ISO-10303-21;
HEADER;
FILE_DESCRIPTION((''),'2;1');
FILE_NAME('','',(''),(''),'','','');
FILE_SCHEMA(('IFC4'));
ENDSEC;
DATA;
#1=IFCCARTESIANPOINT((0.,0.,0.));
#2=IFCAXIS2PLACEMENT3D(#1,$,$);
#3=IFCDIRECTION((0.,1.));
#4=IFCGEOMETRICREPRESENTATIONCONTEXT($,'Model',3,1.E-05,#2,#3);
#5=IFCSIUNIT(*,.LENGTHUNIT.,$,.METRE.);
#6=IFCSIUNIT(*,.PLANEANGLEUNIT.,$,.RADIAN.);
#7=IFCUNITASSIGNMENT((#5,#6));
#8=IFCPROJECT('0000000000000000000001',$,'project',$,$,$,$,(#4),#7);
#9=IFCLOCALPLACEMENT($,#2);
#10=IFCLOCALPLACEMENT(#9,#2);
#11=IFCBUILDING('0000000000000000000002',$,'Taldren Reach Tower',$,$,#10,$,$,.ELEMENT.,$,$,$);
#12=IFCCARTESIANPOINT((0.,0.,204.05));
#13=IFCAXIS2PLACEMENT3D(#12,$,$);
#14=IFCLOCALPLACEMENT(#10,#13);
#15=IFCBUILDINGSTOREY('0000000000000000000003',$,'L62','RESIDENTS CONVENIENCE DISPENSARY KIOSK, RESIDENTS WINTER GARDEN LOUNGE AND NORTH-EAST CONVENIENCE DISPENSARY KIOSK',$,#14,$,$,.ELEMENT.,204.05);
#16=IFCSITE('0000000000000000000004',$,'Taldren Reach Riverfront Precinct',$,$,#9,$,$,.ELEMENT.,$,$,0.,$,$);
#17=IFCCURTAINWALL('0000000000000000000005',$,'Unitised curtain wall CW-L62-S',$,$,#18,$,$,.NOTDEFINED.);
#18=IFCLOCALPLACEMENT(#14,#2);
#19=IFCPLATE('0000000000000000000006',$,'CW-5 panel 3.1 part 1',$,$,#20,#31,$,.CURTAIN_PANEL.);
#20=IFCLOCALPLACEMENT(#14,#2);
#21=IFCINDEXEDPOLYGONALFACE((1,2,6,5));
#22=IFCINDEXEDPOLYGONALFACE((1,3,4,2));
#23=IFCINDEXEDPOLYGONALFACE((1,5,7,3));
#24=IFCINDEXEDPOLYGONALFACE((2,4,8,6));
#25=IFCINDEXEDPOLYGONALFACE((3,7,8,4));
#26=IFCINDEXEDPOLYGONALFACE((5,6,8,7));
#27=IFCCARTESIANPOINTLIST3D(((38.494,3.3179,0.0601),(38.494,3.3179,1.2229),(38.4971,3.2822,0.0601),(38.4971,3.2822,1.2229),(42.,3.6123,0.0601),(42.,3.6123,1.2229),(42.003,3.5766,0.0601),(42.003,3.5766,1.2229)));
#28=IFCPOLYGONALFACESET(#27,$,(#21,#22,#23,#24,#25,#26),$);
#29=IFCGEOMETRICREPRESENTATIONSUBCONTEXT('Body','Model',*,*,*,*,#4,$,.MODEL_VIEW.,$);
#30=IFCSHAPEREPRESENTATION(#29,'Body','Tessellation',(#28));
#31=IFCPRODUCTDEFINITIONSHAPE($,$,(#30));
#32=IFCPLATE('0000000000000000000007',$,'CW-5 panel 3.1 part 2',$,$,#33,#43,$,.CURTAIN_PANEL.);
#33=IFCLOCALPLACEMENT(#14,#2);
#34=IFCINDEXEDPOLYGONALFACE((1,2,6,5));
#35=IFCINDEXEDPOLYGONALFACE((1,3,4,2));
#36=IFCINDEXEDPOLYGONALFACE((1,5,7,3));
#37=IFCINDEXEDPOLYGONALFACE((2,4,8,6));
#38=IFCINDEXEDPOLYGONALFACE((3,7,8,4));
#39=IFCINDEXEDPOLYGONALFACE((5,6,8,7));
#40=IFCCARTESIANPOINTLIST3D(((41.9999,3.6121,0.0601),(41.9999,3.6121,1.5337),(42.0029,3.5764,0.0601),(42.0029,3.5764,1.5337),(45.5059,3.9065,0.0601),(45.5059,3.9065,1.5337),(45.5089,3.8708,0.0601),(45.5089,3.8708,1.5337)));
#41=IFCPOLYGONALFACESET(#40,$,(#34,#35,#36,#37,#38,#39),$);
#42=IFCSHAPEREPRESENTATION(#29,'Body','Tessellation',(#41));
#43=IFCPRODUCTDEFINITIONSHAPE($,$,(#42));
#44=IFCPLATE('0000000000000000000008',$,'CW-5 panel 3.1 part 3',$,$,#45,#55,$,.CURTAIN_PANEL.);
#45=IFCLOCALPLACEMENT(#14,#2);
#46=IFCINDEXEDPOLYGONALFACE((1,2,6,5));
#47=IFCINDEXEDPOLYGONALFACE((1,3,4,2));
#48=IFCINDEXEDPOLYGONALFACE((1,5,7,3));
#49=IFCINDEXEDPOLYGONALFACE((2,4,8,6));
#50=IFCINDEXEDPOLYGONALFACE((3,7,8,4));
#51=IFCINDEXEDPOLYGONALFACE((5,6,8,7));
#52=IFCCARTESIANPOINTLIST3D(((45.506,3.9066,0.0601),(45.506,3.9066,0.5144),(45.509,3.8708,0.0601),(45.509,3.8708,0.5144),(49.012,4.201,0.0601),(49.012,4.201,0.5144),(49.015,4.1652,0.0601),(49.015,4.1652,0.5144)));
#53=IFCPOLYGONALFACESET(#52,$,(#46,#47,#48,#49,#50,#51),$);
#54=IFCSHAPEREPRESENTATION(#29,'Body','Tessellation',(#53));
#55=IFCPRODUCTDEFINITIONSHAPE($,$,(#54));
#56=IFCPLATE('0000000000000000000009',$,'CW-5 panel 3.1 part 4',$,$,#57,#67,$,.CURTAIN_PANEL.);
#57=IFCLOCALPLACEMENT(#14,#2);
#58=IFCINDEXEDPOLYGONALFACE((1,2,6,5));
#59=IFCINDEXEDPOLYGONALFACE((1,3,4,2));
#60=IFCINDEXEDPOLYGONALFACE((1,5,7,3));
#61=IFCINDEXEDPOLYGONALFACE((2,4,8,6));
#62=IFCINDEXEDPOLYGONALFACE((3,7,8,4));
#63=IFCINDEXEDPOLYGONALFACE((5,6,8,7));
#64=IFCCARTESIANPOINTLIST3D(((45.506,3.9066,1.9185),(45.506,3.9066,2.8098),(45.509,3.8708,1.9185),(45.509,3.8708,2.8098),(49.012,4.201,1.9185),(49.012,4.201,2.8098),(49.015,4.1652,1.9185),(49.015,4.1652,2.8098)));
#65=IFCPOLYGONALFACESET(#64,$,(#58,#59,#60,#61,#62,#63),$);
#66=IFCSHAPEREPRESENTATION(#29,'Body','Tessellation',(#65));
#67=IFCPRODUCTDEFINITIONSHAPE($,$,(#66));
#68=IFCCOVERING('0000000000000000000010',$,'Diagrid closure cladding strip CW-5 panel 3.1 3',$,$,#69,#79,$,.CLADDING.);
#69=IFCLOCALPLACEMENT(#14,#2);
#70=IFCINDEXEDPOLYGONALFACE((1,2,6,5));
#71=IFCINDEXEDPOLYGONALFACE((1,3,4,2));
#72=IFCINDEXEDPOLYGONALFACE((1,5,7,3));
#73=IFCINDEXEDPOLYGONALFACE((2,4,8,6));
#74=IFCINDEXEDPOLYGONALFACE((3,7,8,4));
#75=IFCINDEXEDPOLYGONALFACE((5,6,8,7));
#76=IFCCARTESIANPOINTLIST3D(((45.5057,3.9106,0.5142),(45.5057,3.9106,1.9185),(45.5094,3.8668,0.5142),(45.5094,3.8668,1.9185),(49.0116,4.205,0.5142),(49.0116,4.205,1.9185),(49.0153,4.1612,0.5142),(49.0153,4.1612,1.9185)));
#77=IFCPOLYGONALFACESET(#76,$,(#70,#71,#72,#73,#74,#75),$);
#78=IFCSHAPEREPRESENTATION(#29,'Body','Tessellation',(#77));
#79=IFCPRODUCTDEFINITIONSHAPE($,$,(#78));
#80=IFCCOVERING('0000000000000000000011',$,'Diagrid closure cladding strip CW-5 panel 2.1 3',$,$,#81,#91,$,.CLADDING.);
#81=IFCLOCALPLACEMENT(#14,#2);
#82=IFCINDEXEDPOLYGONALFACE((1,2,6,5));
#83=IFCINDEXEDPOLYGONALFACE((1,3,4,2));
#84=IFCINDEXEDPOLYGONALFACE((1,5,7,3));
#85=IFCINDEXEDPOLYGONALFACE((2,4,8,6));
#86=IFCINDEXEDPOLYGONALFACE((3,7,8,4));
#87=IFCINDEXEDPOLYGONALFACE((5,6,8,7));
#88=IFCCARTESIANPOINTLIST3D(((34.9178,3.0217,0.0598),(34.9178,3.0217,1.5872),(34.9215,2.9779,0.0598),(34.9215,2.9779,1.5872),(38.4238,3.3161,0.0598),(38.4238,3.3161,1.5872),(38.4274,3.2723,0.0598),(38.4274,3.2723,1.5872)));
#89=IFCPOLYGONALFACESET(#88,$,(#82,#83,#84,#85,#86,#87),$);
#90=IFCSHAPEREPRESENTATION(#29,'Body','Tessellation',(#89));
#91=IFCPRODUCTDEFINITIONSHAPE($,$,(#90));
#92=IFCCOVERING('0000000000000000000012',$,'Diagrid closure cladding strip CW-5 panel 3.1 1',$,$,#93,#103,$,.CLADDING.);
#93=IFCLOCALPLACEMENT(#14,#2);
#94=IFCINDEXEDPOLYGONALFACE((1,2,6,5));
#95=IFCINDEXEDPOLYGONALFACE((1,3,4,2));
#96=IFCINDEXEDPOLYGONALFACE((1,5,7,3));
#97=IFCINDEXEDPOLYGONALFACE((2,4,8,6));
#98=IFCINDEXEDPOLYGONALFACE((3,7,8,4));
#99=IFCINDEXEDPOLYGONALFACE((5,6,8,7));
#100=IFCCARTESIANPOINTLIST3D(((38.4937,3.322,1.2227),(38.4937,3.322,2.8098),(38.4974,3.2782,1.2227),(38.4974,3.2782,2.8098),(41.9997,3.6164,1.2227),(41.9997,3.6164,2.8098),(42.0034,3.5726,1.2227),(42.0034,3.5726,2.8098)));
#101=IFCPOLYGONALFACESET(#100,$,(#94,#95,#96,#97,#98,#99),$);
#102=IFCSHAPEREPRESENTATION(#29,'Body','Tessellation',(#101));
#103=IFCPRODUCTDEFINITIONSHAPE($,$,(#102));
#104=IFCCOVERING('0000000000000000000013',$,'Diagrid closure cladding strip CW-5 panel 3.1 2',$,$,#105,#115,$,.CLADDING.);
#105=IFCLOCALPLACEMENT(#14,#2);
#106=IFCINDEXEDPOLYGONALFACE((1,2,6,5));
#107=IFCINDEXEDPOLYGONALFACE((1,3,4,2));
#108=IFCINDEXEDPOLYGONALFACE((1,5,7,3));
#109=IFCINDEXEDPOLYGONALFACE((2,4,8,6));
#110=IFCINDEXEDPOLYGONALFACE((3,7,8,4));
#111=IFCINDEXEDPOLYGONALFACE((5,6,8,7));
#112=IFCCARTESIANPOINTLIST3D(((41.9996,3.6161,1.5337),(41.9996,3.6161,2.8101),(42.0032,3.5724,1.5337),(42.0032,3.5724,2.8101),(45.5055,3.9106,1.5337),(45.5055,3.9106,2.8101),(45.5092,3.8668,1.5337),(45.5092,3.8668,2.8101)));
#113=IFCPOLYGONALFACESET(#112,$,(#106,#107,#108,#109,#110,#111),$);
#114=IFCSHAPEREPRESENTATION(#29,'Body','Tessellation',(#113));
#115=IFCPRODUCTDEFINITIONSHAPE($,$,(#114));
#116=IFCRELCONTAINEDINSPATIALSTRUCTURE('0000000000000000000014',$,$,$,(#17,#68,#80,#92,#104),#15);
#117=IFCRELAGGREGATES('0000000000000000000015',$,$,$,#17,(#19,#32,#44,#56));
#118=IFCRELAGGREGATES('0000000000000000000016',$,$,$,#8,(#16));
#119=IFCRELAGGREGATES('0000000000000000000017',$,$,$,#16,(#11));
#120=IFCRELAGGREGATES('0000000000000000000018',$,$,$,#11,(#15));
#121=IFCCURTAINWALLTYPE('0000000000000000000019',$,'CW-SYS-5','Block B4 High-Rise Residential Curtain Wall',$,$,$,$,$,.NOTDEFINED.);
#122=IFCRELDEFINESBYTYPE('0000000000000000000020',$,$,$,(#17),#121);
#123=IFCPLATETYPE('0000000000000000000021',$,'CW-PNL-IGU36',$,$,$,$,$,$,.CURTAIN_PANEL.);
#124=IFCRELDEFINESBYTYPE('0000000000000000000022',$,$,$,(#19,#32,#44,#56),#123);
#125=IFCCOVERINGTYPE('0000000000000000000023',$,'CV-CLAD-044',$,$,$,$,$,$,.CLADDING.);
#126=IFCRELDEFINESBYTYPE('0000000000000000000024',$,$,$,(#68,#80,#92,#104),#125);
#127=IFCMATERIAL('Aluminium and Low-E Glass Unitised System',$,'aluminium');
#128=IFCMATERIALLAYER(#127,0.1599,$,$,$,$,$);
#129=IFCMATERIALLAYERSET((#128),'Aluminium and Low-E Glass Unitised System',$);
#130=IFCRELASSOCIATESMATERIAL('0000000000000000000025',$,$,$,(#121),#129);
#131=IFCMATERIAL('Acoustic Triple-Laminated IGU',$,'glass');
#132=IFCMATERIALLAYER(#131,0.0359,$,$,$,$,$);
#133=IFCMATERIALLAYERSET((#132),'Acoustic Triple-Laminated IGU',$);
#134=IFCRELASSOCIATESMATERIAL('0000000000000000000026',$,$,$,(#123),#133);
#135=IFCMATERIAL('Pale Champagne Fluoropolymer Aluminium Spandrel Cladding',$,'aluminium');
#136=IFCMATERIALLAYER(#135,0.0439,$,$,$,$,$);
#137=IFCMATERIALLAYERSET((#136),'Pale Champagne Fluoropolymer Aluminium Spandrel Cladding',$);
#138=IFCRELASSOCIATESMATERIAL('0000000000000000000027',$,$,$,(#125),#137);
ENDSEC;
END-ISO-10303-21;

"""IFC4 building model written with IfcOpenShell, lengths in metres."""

from ifc_helpers import new_model, si_unit, direction, frame, origin, origin_2d, place, context, subcontext, project, spatial, rectangle, extrude, source, transform, mapped, material, layer, layer_set, type_object, element, aggregate, save


model = new_model("IFC4")

# Units and contexts
model_context = context("Model", 3, precision=1e-05, world=origin(), true_north=direction((0.0, 1.0)))
body_context = subcontext(model_context, "Body", "Model", "MODEL_VIEW")
ifc_project = project(units=[si_unit("LENGTHUNIT", "METRE"), si_unit("PLANEANGLEUNIT", "RADIAN")], contexts=[model_context])

# Site, building, storey
site_placement = place(None, origin())
site = spatial("IfcSite", under=ifc_project, at=site_placement, Name="Taldren Reach Riverfront Precinct", CompositionType="ELEMENT", RefElevation=0.0)
building_placement = place(site_placement, origin())
building = spatial("IfcBuilding", under=site, at=building_placement, Name="Taldren Reach Tower", CompositionType="ELEMENT")
storey_placement = place(building_placement, frame((0.0, 0.0, 204.05)))
storey = spatial("IfcBuildingStorey", under=building, at=storey_placement, Name="L62", Description="RESIDENTS CONVENIENCE DISPENSARY KIOSK, RESIDENTS WINTER GARDEN LOUNGE AND NORTH-EAST CONVENIENCE DISPENSARY KIOSK", CompositionType="ELEMENT", Elevation=204.05)

# Curtain wall
ifc_material_1 = material(Name="Aluminium and Low-E Glass Unitised System", Category="aluminium")
ifc_layer_1 = layer(ifc_material_1, 0.1599)
ifc_layer_set_1 = layer_set([ifc_layer_1], Name="Aluminium and Low-E Glass Unitised System")
curtain_wall_type = type_object("IfcCurtainWallType", Name="CW-SYS-5", Description="Block B4 High-Rise Residential Curtain Wall", PredefinedType="NOTDEFINED", material=ifc_layer_set_1)
curtain_wall_placement = place(storey_placement, origin())
curtain_wall = element("IfcCurtainWall", 1, at=curtain_wall_placement, inside=storey, type_object=curtain_wall_type, Name="Unitised curtain wall CW-L62-S", PredefinedType="NOTDEFINED")

# Plates
ifc_material_2 = material(Name="Acoustic Triple-Laminated IGU", Category="glass")
ifc_layer_2 = layer(ifc_material_2, 0.0359)
ifc_layer_set_2 = layer_set([ifc_layer_2], Name="Acoustic Triple-Laminated IGU")
plate_type_1 = type_object("IfcPlateType", Name="CW-PNL-IGU36", PredefinedType="CURTAIN_PANEL", material=ifc_layer_set_2)
shared_shape_1 = source(origin(), body_context, "Body", "SweptSolid", [
    extrude(rectangle(XDim=3.5183, YDim=0.0359, at=origin_2d()), origin(), (0.0, 0.0, 1.0), 1.1628),
])
plate_1_placement = place(storey_placement, frame((40.2485, 3.4473, 0.0601), z_axis=(0.0, 0.0, 1.0), x_axis=(0.996493, 0.083678, 0.0)))
plate_1 = element("IfcPlate", 2, at=plate_1_placement, type_object=plate_type_1, Name="CW-5 panel 3.1 part 1", PredefinedType="CURTAIN_PANEL", context=body_context, shape_type="MappedRepresentation", body=[
    mapped(shared_shape_1, transform((0.0, 0.0, 0.0), scale=1.0)),
])
shared_shape_2 = source(origin(), body_context, "Body", "SweptSolid", [
    extrude(rectangle(XDim=3.5183, YDim=0.0359, at=origin_2d()), origin(), (0.0, 0.0, 1.0), 1.4736),
])
plate_2_placement = place(storey_placement, frame((43.7544, 3.7415, 0.0601), z_axis=(0.0, 0.0, 1.0), x_axis=(0.996493, 0.083678, 0.0)))
plate_2 = element("IfcPlate", 3, at=plate_2_placement, type_object=plate_type_1, Name="CW-5 panel 3.1 part 2", PredefinedType="CURTAIN_PANEL", context=body_context, shape_type="MappedRepresentation", body=[
    mapped(shared_shape_2, transform((0.0, 0.0, 0.0), scale=1.0)),
])
shared_shape_3 = source(origin(), body_context, "Body", "SweptSolid", [
    extrude(rectangle(XDim=3.5183, YDim=0.0359, at=origin_2d()), origin(), (0.0, 0.0, 1.0), 0.4543),
])
plate_3_placement = place(storey_placement, frame((47.2605, 4.0359, 0.0601), z_axis=(0.0, 0.0, 1.0), x_axis=(0.996493, 0.083678, 0.0)))
plate_3 = element("IfcPlate", 4, at=plate_3_placement, type_object=plate_type_1, Name="CW-5 panel 3.1 part 3", PredefinedType="CURTAIN_PANEL", context=body_context, shape_type="MappedRepresentation", body=[
    mapped(shared_shape_3, transform((0.0, 0.0, 0.0), scale=1.0)),
])
shared_shape_4 = source(origin(), body_context, "Body", "SweptSolid", [
    extrude(rectangle(XDim=3.5183, YDim=0.0359, at=origin_2d()), origin(), (0.0, 0.0, 1.0), 0.8914),
])
plate_4_placement = place(storey_placement, frame((47.2605, 4.0359, 1.9185), z_axis=(0.0, 0.0, 1.0), x_axis=(0.996493, 0.083678, 0.0)))
plate_4 = element("IfcPlate", 5, at=plate_4_placement, type_object=plate_type_1, Name="CW-5 panel 3.1 part 4", PredefinedType="CURTAIN_PANEL", context=body_context, shape_type="MappedRepresentation", body=[
    mapped(shared_shape_4, transform((0.0, 0.0, 0.0), scale=1.0)),
])
aggregate(curtain_wall, [plate_1, plate_2, plate_3, plate_4])

# Coverings
ifc_material_3 = material(Name="Pale Champagne Fluoropolymer Aluminium Spandrel Cladding", Category="aluminium")
ifc_layer_3 = layer(ifc_material_3, 0.0439)
ifc_layer_set_3 = layer_set([ifc_layer_3], Name="Pale Champagne Fluoropolymer Aluminium Spandrel Cladding")
covering_type = type_object("IfcCoveringType", Name="CV-CLAD-044", PredefinedType="CLADDING", material=ifc_layer_set_3)
shared_shape_5 = source(origin(), body_context, "Body", "SweptSolid", [
    extrude(rectangle(XDim=3.5183, YDim=0.0439, at=origin_2d()), origin(), (0.0, 0.0, 1.0), 1.4043),
])
covering_1_placement = place(storey_placement, frame((47.2605, 4.0359, 0.5142), z_axis=(0.0, 0.0, 1.0), x_axis=(0.996493, 0.083678, 0.0)))
element("IfcCovering", 6, at=covering_1_placement, inside=storey, type_object=covering_type, Name="Diagrid closure cladding strip CW-5 panel 3.1 3", PredefinedType="CLADDING", context=body_context, shape_type="MappedRepresentation", body=[
    mapped(shared_shape_5, transform((0.0, 0.0, 0.0), scale=1.0)),
])
shared_shape_6 = source(origin(), body_context, "Body", "SweptSolid", [
    extrude(rectangle(XDim=3.5183, YDim=0.0439, at=origin_2d()), origin(), (0.0, 0.0, 1.0), 1.5273),
])
covering_2_placement = place(storey_placement, frame((36.6726, 3.147, 0.0598), z_axis=(0.0, 0.0, 1.0), x_axis=(0.996493, 0.083678, 0.0)))
element("IfcCovering", 7, at=covering_2_placement, inside=storey, type_object=covering_type, Name="Diagrid closure cladding strip CW-5 panel 2.1 3", PredefinedType="CLADDING", context=body_context, shape_type="MappedRepresentation", body=[
    mapped(shared_shape_6, transform((0.0, 0.0, 0.0), scale=1.0)),
])
shared_shape_7 = source(origin(), body_context, "Body", "SweptSolid", [
    extrude(rectangle(XDim=3.5183, YDim=0.0439, at=origin_2d()), origin(), (0.0, 0.0, 1.0), 1.5872),
])
covering_3_placement = place(storey_placement, frame((40.2485, 3.4473, 1.2227), z_axis=(0.0, 0.0, 1.0), x_axis=(0.996493, 0.083678, 0.0)))
element("IfcCovering", 8, at=covering_3_placement, inside=storey, type_object=covering_type, Name="Diagrid closure cladding strip CW-5 panel 3.1 1", PredefinedType="CLADDING", context=body_context, shape_type="MappedRepresentation", body=[
    mapped(shared_shape_7, transform((0.0, 0.0, 0.0), scale=1.0)),
])
shared_shape_8 = source(origin(), body_context, "Body", "SweptSolid", [
    extrude(rectangle(XDim=3.5183, YDim=0.0439, at=origin_2d()), origin(), (0.0, 0.0, 1.0), 1.2764),
])
covering_4_placement = place(storey_placement, frame((43.7544, 3.7415, 1.5337), z_axis=(0.0, 0.0, 1.0), x_axis=(0.996493, 0.083678, 0.0)))
element("IfcCovering", 9, at=covering_4_placement, inside=storey, type_object=covering_type, Name="Diagrid closure cladding strip CW-5 panel 3.1 2", PredefinedType="CLADDING", context=body_context, shape_type="MappedRepresentation", body=[
    mapped(shared_shape_8, transform((0.0, 0.0, 0.0), scale=1.0)),
])

save(model, "model.ifc")
